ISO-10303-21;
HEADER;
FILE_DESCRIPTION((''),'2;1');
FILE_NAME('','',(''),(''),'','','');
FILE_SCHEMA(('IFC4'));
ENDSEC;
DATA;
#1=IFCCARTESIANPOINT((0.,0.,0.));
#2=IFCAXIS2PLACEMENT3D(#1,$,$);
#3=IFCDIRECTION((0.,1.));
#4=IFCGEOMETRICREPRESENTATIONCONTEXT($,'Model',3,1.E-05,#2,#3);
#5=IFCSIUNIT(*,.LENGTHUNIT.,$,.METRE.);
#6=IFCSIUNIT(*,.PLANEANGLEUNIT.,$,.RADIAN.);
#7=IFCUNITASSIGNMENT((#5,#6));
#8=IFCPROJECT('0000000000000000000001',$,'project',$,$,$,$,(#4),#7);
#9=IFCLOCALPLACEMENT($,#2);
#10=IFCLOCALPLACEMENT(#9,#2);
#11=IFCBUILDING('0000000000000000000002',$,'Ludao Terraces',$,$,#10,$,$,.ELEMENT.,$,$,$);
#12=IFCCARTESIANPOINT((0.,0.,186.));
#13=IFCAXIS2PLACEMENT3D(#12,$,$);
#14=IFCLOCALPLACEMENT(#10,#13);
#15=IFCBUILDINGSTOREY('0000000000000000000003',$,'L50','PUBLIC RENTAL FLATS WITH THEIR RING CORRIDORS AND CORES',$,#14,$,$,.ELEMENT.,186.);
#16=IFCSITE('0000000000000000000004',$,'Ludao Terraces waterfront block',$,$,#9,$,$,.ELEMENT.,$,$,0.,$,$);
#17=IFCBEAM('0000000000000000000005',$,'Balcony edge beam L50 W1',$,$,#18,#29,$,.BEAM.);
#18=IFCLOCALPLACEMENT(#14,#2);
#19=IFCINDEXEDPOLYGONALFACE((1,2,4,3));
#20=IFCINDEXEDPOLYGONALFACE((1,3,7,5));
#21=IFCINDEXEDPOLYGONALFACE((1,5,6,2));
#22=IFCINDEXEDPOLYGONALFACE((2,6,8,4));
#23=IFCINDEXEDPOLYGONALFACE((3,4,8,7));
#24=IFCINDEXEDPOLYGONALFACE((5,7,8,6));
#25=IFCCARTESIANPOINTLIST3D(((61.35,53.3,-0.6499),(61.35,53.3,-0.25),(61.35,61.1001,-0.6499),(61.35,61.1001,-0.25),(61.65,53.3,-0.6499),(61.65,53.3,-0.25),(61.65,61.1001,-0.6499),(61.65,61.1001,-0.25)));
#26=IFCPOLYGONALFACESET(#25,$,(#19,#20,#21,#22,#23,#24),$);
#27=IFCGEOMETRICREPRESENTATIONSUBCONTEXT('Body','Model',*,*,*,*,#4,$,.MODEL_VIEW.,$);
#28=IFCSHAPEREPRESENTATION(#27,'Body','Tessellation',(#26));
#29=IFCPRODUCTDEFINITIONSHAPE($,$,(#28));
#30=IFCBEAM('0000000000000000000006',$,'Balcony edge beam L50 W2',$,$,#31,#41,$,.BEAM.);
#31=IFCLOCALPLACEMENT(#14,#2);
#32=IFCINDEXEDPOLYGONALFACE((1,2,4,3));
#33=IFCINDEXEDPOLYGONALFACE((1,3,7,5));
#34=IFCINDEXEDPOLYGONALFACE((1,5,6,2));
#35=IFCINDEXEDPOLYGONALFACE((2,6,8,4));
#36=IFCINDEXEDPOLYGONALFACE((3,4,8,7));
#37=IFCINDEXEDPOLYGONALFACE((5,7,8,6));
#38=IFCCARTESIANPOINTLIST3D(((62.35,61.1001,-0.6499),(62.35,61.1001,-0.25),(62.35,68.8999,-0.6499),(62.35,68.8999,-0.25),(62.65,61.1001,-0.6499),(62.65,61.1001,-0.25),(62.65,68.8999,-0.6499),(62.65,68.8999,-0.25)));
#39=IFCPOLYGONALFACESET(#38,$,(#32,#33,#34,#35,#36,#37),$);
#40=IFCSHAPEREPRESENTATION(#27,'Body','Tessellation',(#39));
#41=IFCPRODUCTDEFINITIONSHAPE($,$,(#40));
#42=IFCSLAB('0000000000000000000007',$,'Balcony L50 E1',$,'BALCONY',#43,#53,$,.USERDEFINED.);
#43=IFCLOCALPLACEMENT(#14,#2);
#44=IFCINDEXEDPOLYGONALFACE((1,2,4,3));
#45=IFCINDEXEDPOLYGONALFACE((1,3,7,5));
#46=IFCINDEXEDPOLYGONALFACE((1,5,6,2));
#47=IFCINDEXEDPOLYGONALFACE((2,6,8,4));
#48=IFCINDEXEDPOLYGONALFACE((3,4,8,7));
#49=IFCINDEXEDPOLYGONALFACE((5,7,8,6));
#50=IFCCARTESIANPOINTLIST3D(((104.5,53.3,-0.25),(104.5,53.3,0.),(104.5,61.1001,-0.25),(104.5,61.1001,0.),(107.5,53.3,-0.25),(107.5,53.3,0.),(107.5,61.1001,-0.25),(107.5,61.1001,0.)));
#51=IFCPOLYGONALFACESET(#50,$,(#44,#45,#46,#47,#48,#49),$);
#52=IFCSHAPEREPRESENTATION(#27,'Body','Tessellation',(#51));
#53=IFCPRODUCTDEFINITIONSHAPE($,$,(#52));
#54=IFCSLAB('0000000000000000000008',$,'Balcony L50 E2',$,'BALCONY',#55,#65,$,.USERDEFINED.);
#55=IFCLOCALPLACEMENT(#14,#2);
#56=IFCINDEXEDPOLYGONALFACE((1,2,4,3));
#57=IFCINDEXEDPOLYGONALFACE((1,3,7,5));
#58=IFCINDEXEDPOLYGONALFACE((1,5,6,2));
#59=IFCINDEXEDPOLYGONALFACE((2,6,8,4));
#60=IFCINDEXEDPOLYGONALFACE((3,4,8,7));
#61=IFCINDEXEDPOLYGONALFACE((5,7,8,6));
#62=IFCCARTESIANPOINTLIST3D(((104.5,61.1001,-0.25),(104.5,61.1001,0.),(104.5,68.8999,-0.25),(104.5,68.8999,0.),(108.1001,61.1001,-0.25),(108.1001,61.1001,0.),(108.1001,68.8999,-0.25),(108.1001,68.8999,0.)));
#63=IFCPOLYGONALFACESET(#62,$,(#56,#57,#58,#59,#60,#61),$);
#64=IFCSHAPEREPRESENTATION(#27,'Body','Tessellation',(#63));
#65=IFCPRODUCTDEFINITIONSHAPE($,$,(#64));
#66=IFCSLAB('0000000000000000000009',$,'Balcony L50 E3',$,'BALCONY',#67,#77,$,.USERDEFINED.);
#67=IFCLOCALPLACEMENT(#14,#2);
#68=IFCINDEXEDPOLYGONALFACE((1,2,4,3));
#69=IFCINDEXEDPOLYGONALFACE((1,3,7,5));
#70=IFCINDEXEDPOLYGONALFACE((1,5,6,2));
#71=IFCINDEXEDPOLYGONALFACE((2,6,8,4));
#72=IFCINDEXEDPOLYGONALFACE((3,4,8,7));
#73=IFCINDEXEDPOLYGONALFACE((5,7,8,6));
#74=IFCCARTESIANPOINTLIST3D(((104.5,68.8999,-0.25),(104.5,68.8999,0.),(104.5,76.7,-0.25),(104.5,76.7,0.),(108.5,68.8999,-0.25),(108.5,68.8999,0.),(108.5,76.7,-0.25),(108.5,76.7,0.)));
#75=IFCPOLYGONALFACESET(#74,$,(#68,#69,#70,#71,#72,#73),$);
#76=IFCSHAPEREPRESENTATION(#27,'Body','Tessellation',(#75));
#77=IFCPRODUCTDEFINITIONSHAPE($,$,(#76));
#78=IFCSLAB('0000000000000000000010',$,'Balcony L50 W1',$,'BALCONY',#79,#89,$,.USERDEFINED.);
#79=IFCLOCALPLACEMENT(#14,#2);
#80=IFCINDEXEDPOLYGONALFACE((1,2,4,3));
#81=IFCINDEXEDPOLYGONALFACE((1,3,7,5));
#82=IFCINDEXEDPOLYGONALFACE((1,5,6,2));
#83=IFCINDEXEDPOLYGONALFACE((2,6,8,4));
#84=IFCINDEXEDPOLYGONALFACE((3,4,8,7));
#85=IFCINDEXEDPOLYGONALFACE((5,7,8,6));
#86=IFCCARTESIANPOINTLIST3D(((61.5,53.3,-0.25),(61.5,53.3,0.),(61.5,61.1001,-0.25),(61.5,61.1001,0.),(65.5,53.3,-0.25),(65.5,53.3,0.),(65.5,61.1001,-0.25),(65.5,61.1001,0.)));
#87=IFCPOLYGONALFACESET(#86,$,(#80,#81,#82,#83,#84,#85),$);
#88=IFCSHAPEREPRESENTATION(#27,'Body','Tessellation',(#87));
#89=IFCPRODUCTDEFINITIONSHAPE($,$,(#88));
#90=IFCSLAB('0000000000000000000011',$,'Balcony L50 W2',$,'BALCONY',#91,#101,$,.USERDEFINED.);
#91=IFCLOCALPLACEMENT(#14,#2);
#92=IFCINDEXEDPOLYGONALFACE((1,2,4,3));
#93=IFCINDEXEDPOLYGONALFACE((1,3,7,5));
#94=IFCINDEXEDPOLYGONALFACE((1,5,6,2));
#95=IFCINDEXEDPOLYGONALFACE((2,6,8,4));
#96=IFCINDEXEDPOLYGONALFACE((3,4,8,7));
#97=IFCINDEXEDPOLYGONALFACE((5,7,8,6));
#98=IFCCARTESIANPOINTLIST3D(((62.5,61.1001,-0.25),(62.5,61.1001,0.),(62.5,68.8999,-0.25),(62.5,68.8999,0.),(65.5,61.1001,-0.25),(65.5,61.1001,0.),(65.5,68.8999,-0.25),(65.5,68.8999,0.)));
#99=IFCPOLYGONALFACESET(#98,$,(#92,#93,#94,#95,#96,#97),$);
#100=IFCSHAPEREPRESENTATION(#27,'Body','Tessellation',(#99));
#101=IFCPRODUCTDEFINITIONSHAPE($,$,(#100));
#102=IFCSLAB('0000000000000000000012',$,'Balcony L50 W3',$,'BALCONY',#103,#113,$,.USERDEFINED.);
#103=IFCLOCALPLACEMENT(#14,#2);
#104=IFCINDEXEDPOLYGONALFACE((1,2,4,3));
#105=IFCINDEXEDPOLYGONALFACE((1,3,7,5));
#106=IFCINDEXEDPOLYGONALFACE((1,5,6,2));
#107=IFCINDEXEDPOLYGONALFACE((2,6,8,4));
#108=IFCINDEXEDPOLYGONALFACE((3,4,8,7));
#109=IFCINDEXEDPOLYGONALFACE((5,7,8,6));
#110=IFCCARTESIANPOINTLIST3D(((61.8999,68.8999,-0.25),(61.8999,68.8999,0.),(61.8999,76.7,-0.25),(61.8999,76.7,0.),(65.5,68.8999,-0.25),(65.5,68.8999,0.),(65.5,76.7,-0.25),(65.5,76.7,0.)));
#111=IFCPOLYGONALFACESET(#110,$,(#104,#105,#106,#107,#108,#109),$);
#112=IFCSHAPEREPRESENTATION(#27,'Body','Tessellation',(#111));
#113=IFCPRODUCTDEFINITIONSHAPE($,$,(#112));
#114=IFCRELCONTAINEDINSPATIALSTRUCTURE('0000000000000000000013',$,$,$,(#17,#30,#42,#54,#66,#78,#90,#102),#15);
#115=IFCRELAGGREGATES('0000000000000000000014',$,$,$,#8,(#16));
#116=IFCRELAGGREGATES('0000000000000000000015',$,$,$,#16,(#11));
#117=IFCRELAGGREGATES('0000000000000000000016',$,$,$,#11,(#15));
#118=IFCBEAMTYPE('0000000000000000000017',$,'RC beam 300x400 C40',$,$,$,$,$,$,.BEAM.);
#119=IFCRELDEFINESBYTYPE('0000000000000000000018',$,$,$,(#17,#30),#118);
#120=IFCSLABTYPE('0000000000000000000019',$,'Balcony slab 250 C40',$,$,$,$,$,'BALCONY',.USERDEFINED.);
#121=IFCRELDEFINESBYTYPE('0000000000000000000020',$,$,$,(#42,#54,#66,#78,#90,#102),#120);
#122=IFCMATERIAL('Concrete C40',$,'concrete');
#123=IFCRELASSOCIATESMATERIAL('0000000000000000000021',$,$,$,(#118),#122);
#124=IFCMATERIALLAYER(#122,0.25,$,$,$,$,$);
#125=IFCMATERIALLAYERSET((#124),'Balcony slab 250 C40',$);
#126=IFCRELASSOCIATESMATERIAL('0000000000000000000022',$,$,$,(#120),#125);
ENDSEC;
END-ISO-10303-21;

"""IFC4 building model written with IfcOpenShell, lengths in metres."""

from ifc_helpers import new_model, si_unit, direction, frame, origin, origin_2d, place, context, subcontext, project, spatial, polyline, rectangle, outline, extrude, material, layer, layer_set, material_profile, profile_set, type_object, element, save


model = new_model("IFC4")

# Units and contexts
model_context = context("Model", 3, precision=1e-05, world=origin(), true_north=direction((0.0, 1.0)))
body_context = subcontext(model_context, "Body", "Model", "MODEL_VIEW")
ifc_project = project(units=[si_unit("LENGTHUNIT", "METRE"), si_unit("PLANEANGLEUNIT", "RADIAN")], contexts=[model_context])

# Site, building, storey
site_placement = place(None, origin())
site = spatial("IfcSite", under=ifc_project, at=site_placement, Name="Ludao Terraces waterfront block", CompositionType="ELEMENT", RefElevation=0.0)
building_placement = place(site_placement, origin())
building = spatial("IfcBuilding", under=site, at=building_placement, Name="Ludao Terraces", CompositionType="ELEMENT")
storey_placement = place(building_placement, frame((0.0, 0.0, 186.0)))
storey = spatial("IfcBuildingStorey", under=building, at=storey_placement, Name="L50", Description="PUBLIC RENTAL FLATS WITH THEIR RING CORRIDORS AND CORES", CompositionType="ELEMENT", Elevation=186.0)

# Beams
ifc_material_1 = material(Name="Concrete C40", Category="concrete")
ifc_material_profile = material_profile(ifc_material_1, rectangle(XDim=0.3, YDim=0.3999, at=origin_2d()), Name="300 X 400")
ifc_profile_set = profile_set([ifc_material_profile], Name="Concrete C40")
beam_type = type_object("IfcBeamType", Name="RC beam 300x400 C40", PredefinedType="BEAM", material=ifc_profile_set)
beam_1_placement = place(storey_placement, frame((61.5, 53.3, -0.45), z_axis=(0.0, 1.0, 0.0), x_axis=(-1.0, 0.0, 0.0)))
element("IfcBeam", 1, at=beam_1_placement, inside=storey, type_object=beam_type, Name="Balcony edge beam L50 W1", PredefinedType="BEAM", context=body_context, shape_type="SweptSolid", body=[
    extrude(rectangle(XDim=0.3, YDim=0.3999, at=origin_2d()), origin(), (0.0, 0.0, 1.0), 7.8),
])
beam_2_placement = place(storey_placement, frame((62.5, 61.1001, -0.45), z_axis=(0.0, 1.0, 0.0), x_axis=(-1.0, 0.0, 0.0)))
element("IfcBeam", 2, at=beam_2_placement, inside=storey, type_object=beam_type, Name="Balcony edge beam L50 W2", PredefinedType="BEAM", context=body_context, shape_type="SweptSolid", body=[
    extrude(rectangle(XDim=0.3, YDim=0.3999, at=origin_2d()), origin(), (0.0, 0.0, 1.0), 7.7998),
])

# Slabs
ifc_layer_1 = layer(ifc_material_1, 0.25)
ifc_layer_set_1 = layer_set([ifc_layer_1], Name="Balcony slab 250 C40")
slab_type_1 = type_object("IfcSlabType", Name="Balcony slab 250 C40", ElementType="BALCONY", PredefinedType="USERDEFINED", material=ifc_layer_set_1)
slab_1_placement = place(storey_placement, frame((0.0, 0.0, -0.25)))
element("IfcSlab", 3, at=slab_1_placement, inside=storey, type_object=slab_type_1, Name="Balcony L50 E1", ObjectType="BALCONY", PredefinedType="USERDEFINED", context=body_context, shape_type="SweptSolid", body=[
    extrude(outline(polyline([(104.5, 53.3), (107.5, 53.3), (107.5, 61.1001), (104.5, 61.1001), (104.5, 53.3)])), origin(), (0.0, 0.0, 1.0), 0.25),
])
slab_2_placement = place(storey_placement, frame((0.0, 0.0, -0.25)))
element("IfcSlab", 4, at=slab_2_placement, inside=storey, type_object=slab_type_1, Name="Balcony L50 E2", ObjectType="BALCONY", PredefinedType="USERDEFINED", context=body_context, shape_type="SweptSolid", body=[
    extrude(outline(polyline([(104.5, 61.1001), (108.1001, 61.1001), (108.1001, 68.8999), (104.5, 68.8999), (104.5, 61.1001)])), origin(), (0.0, 0.0, 1.0), 0.25),
])
slab_3_placement = place(storey_placement, frame((0.0, 0.0, -0.25)))
element("IfcSlab", 5, at=slab_3_placement, inside=storey, type_object=slab_type_1, Name="Balcony L50 E3", ObjectType="BALCONY", PredefinedType="USERDEFINED", context=body_context, shape_type="SweptSolid", body=[
    extrude(outline(polyline([(104.5, 68.8999), (108.5, 68.8999), (108.5, 76.7), (104.5, 76.7), (104.5, 68.8999)])), origin(), (0.0, 0.0, 1.0), 0.25),
])
slab_4_placement = place(storey_placement, frame((0.0, 0.0, -0.25)))
element("IfcSlab", 6, at=slab_4_placement, inside=storey, type_object=slab_type_1, Name="Balcony L50 W1", ObjectType="BALCONY", PredefinedType="USERDEFINED", context=body_context, shape_type="SweptSolid", body=[
    extrude(outline(polyline([(61.5, 53.3), (65.5, 53.3), (65.5, 61.1001), (61.5, 61.1001), (61.5, 53.3)])), origin(), (0.0, 0.0, 1.0), 0.25),
])
slab_5_placement = place(storey_placement, frame((0.0, 0.0, -0.25)))
element("IfcSlab", 7, at=slab_5_placement, inside=storey, type_object=slab_type_1, Name="Balcony L50 W2", ObjectType="BALCONY", PredefinedType="USERDEFINED", context=body_context, shape_type="SweptSolid", body=[
    extrude(outline(polyline([(62.5, 61.1001), (65.5, 61.1001), (65.5, 68.8999), (62.5, 68.8999), (62.5, 61.1001)])), origin(), (0.0, 0.0, 1.0), 0.25),
])
slab_6_placement = place(storey_placement, frame((0.0, 0.0, -0.25)))
element("IfcSlab", 8, at=slab_6_placement, inside=storey, type_object=slab_type_1, Name="Balcony L50 W3", ObjectType="BALCONY", PredefinedType="USERDEFINED", context=body_context, shape_type="SweptSolid", body=[
    extrude(outline(polyline([(61.8999, 68.8999), (65.5, 68.8999), (65.5, 76.7), (61.8999, 76.7), (61.8999, 68.8999)])), origin(), (0.0, 0.0, 1.0), 0.25),
])

save(model, "model.ifc")
